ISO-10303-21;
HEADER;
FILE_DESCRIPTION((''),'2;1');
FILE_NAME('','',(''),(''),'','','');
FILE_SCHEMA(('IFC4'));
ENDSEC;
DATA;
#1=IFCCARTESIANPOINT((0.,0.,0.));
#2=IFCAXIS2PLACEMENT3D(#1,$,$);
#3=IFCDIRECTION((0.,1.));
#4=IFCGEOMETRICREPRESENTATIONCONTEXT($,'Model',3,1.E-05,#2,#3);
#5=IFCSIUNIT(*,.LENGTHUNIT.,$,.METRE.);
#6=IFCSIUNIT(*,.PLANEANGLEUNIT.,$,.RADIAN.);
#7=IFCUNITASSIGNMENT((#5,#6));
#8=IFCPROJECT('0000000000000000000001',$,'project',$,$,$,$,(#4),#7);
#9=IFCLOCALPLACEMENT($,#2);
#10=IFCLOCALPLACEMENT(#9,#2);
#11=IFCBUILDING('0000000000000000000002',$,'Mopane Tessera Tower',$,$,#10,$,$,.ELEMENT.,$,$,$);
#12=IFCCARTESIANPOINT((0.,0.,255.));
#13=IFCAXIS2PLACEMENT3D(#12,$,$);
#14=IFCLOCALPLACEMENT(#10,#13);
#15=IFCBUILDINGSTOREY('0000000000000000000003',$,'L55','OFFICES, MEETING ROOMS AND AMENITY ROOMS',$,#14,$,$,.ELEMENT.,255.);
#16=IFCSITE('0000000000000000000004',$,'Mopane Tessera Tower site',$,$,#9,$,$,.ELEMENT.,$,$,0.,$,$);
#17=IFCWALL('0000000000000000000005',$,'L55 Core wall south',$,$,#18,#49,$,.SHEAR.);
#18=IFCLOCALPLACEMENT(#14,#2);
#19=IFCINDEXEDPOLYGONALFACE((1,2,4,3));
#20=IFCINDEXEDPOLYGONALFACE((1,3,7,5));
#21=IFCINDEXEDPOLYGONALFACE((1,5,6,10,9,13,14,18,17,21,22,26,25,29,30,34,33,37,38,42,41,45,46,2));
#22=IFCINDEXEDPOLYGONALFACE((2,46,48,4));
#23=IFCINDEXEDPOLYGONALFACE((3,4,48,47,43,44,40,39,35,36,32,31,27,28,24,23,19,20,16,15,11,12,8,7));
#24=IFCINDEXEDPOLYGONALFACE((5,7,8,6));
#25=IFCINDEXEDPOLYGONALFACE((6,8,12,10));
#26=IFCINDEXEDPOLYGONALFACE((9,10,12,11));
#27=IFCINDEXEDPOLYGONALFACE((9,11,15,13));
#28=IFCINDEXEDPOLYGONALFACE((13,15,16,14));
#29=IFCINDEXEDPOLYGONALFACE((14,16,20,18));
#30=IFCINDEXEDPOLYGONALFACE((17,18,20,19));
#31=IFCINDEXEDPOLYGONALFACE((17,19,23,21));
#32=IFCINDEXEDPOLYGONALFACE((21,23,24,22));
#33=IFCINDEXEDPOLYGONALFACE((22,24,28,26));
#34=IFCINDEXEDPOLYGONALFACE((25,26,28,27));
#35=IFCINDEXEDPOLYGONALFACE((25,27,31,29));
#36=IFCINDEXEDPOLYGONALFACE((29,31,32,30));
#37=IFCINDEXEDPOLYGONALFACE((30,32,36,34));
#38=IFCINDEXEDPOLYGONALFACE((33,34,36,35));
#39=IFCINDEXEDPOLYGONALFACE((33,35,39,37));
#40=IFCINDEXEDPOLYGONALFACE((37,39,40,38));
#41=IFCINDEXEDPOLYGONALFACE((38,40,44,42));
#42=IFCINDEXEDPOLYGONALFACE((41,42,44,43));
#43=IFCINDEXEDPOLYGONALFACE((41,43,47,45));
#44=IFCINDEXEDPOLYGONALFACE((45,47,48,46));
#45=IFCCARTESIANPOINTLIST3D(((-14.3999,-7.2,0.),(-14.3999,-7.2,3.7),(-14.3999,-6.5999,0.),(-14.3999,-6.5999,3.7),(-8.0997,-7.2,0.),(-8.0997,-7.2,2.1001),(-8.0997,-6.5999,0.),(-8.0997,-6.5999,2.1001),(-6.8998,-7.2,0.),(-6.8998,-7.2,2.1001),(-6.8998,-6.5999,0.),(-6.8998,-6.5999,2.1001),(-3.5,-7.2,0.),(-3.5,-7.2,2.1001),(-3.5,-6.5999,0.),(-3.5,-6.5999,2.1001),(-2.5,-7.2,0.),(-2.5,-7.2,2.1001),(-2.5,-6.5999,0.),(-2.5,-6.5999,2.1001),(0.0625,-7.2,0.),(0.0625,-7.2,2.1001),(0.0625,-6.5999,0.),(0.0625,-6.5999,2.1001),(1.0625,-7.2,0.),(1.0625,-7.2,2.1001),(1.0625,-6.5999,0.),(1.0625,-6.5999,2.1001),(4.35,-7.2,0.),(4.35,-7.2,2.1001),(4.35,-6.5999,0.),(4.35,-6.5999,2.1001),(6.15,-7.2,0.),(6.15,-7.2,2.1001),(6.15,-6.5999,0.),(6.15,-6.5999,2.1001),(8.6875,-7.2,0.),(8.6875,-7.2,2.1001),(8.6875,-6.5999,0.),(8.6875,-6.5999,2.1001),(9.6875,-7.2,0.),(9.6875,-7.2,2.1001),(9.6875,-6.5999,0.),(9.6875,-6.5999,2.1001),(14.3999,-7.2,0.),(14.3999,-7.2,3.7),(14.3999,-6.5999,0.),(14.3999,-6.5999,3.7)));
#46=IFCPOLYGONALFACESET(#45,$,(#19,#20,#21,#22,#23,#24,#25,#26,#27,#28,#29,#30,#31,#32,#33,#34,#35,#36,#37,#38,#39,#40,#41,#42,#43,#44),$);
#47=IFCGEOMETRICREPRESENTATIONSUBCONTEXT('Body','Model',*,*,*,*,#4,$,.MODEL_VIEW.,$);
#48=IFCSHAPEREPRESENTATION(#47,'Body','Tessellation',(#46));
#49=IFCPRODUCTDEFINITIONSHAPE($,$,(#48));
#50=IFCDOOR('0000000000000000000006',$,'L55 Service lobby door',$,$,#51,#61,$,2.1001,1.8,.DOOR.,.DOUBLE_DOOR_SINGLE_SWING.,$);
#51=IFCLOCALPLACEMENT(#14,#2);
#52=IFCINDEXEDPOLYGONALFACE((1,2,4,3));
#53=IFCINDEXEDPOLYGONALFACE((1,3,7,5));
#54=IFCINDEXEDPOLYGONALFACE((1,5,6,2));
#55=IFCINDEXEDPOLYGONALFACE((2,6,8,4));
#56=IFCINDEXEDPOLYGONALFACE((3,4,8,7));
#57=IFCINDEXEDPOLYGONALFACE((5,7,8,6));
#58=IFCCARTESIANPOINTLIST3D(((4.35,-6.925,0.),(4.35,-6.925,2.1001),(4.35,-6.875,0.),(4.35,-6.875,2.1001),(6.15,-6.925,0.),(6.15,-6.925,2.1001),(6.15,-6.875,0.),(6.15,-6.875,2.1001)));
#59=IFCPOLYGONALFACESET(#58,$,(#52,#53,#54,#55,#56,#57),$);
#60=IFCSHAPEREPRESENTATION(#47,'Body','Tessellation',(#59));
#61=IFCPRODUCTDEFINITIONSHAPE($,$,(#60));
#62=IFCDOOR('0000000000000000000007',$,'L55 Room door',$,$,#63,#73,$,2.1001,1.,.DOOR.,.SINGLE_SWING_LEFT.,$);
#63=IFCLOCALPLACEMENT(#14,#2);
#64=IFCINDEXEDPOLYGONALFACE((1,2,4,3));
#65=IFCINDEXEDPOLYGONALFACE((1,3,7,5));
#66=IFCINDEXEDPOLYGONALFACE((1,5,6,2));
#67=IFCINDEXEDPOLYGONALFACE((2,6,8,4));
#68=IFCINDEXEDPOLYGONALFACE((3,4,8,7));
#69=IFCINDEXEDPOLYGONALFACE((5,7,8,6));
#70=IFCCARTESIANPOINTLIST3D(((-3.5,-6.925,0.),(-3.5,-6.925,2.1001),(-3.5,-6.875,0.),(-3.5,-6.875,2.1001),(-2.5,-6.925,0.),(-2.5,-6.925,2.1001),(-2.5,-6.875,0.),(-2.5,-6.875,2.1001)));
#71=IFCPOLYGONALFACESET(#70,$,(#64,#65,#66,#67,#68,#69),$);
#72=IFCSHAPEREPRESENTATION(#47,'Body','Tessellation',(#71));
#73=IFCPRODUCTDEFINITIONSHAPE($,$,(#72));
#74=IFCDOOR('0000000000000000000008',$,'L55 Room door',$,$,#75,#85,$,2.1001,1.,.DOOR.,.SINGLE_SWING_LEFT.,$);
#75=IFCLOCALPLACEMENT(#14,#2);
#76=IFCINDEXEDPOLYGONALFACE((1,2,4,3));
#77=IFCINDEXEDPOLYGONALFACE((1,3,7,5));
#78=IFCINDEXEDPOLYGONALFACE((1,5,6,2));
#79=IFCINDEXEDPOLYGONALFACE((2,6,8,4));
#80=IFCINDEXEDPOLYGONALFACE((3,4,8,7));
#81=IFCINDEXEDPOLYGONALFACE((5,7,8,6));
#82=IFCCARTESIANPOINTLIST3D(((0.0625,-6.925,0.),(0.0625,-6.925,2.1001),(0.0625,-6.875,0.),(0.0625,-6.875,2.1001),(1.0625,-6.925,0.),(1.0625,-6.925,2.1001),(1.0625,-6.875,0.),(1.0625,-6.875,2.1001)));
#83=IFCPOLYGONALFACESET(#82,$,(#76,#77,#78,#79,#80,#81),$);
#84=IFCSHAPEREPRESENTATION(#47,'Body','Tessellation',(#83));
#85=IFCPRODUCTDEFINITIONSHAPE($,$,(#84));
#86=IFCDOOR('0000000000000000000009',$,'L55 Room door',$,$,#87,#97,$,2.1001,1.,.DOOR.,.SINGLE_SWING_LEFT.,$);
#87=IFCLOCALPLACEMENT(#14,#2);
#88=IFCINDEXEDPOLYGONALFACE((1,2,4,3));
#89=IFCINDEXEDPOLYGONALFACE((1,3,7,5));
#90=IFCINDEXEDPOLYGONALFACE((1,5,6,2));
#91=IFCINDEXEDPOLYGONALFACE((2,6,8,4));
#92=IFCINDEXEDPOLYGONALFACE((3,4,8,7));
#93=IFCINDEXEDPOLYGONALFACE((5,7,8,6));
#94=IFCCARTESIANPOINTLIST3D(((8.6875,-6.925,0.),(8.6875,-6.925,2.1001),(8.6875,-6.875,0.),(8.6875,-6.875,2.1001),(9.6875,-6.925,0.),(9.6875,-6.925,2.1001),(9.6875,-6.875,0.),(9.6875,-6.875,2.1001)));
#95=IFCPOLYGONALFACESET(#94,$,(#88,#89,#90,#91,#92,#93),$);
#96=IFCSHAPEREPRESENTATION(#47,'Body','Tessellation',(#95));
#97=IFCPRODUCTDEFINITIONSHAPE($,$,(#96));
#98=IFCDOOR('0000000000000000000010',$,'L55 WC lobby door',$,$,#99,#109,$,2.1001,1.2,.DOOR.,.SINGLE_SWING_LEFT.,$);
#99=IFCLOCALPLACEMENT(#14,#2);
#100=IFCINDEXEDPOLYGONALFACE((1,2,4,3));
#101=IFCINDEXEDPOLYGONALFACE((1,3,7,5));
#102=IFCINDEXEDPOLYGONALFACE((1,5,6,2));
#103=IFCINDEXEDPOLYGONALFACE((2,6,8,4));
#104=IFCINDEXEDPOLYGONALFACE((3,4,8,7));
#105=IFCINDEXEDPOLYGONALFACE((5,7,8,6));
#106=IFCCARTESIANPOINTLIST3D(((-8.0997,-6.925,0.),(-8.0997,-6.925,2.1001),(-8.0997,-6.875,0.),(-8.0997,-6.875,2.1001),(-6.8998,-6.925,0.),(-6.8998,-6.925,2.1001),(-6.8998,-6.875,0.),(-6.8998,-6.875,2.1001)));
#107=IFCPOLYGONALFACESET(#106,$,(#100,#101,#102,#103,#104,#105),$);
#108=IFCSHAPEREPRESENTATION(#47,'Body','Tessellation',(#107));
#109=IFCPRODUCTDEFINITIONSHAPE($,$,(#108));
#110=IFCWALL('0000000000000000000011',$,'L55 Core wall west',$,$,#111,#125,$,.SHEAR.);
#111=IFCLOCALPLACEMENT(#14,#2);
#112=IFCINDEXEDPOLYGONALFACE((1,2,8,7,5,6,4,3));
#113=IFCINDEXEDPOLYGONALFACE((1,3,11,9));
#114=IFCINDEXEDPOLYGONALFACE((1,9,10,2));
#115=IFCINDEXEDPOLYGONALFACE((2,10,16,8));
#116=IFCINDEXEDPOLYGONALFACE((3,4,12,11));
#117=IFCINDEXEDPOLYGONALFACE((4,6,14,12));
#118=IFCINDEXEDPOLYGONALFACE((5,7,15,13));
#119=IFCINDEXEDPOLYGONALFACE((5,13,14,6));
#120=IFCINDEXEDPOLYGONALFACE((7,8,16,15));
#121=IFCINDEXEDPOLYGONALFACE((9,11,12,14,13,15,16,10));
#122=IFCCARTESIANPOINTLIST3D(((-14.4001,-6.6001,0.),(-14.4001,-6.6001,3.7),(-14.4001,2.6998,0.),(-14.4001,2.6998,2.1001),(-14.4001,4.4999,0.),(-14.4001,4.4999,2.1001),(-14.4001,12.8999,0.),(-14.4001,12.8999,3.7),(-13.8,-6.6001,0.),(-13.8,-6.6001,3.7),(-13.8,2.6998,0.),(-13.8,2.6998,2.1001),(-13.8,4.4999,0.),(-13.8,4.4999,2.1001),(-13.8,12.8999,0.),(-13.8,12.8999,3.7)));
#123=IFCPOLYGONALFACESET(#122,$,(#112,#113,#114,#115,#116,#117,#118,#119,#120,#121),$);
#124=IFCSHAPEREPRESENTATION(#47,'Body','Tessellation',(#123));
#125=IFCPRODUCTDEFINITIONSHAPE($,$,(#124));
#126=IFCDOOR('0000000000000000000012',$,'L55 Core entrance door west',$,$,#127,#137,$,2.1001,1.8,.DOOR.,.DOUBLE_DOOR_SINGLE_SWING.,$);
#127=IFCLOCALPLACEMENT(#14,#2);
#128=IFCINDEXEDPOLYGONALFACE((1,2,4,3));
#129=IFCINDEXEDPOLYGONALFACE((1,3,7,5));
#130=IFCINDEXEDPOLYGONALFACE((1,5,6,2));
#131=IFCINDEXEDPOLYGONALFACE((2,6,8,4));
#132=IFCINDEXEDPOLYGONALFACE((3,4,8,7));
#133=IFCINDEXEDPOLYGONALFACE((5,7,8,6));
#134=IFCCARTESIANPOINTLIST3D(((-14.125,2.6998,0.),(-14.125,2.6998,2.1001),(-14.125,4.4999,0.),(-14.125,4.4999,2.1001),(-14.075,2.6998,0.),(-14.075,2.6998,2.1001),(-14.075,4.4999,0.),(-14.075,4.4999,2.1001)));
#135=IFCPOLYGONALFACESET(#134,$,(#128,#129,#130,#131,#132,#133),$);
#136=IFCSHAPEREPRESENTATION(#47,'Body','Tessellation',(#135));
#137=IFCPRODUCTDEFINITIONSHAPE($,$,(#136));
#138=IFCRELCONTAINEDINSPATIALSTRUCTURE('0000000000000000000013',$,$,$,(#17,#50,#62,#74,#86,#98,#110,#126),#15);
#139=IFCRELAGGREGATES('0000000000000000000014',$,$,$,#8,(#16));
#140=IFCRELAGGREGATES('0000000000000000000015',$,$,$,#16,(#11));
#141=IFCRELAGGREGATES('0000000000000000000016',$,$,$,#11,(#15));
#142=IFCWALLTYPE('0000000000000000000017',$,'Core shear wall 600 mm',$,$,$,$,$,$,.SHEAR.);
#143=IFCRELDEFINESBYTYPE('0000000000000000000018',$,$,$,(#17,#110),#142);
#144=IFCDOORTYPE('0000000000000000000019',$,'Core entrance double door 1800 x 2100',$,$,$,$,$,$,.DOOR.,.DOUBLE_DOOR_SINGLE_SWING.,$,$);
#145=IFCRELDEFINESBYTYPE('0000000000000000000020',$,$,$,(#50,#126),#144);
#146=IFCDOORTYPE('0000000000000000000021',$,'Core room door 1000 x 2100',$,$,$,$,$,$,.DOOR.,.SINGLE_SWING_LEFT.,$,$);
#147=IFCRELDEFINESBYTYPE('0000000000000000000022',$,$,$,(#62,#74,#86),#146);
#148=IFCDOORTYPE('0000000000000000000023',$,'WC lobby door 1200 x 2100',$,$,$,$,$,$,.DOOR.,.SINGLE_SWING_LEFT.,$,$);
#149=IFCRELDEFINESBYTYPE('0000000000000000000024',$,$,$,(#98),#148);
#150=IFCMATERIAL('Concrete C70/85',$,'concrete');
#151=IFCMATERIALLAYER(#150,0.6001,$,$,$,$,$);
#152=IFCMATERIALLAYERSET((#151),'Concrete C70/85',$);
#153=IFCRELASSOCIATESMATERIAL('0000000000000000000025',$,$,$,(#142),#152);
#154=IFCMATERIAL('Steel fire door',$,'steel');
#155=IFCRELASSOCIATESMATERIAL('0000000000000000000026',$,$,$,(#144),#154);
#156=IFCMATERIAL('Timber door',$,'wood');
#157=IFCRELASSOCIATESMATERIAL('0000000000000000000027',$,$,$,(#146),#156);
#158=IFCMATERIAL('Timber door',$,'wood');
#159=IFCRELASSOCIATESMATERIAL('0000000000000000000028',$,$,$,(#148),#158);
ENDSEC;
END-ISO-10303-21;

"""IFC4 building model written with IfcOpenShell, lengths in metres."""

from ifc_helpers import new_model, si_unit, direction, frame, frame_2d, origin, place, context, subcontext, project, spatial, rectangle, extrude, material, layer, layer_set, type_object, element, fill, save


model = new_model("IFC4")

# Units and contexts
model_context = context("Model", 3, precision=1e-05, world=origin(), true_north=direction((0.0, 1.0)))
body_context = subcontext(model_context, "Body", "Model", "MODEL_VIEW")
ifc_project = project(units=[si_unit("LENGTHUNIT", "METRE"), si_unit("PLANEANGLEUNIT", "RADIAN")], contexts=[model_context])

# Site, building, storey
site_placement = place(None, origin())
site = spatial("IfcSite", under=ifc_project, at=site_placement, Name="Mopane Tessera Tower site", CompositionType="ELEMENT", RefElevation=0.0)
building_placement = place(site_placement, origin())
building = spatial("IfcBuilding", under=site, at=building_placement, Name="Mopane Tessera Tower", CompositionType="ELEMENT")
storey_placement = place(building_placement, frame((0.0, 0.0, 255.0)))
storey = spatial("IfcBuildingStorey", under=building, at=storey_placement, Name="L55", Description="OFFICES, MEETING ROOMS AND AMENITY ROOMS", CompositionType="ELEMENT", Elevation=255.0)

# Wall, openings, doors
ifc_material_1 = material(Name="Concrete C70/85", Category="concrete")
ifc_layer_1 = layer(ifc_material_1, 0.6001)
ifc_layer_set_1 = layer_set([ifc_layer_1], Name="Concrete C70/85")
wall_type_1 = type_object("IfcWallType", Name="Core shear wall 600 mm", PredefinedType="SHEAR", material=ifc_layer_set_1)
wall_1_placement = place(storey_placement, frame((-14.3999, -6.8999, 0.0), z_axis=(0.0, 0.0, 1.0), x_axis=(1.0, 0.0, 0.0)))
wall_1 = element("IfcWall", 1, at=wall_1_placement, inside=storey, type_object=wall_type_1, Name="L55 Core wall south", PredefinedType="SHEAR", context=body_context, shape_type="SweptSolid", body=[
    extrude(rectangle(XDim=28.7998, YDim=0.6001, at=frame_2d((14.3999, 0.0))), origin(), (0.0, 0.0, 1.0), 3.7),
])
opening_1_placement = place(wall_1_placement, frame((6.3, 0.0, 0.0)))
opening_1 = element("IfcOpeningElement", 2, at=opening_1_placement, cuts=wall_1, PredefinedType="OPENING", context=body_context, shape_type="SweptSolid", body=[
    extrude(rectangle(XDim=1.2, YDim=2.1001, at=frame_2d((0.6001, 1.05))), frame((0.0, 0.312, 0.0), z_axis=(0.0, -1.0, 0.0), x_axis=(1.0, 0.0, 0.0)), (0.0, 0.0, 1.0), 0.624),
])
opening_2_placement = place(wall_1_placement, frame((10.8999, 0.0, 0.0)))
opening_2 = element("IfcOpeningElement", 3, at=opening_2_placement, cuts=wall_1, PredefinedType="OPENING", context=body_context, shape_type="SweptSolid", body=[
    extrude(rectangle(XDim=1.0, YDim=2.1001, at=frame_2d((0.5, 1.05))), frame((0.0, 0.312, 0.0), z_axis=(0.0, -1.0, 0.0), x_axis=(1.0, 0.0, 0.0)), (0.0, 0.0, 1.0), 0.624),
])
opening_3_placement = place(wall_1_placement, frame((14.4624, 0.0, 0.0)))
opening_3 = element("IfcOpeningElement", 4, at=opening_3_placement, cuts=wall_1, PredefinedType="OPENING", context=body_context, shape_type="SweptSolid", body=[
    extrude(rectangle(XDim=1.0, YDim=2.1001, at=frame_2d((0.5, 1.05))), frame((0.0, 0.312, 0.0), z_axis=(0.0, -1.0, 0.0), x_axis=(1.0, 0.0, 0.0)), (0.0, 0.0, 1.0), 0.624),
])
opening_4_placement = place(wall_1_placement, frame((18.75, 0.0, 0.0)))
opening_4 = element("IfcOpeningElement", 5, at=opening_4_placement, cuts=wall_1, PredefinedType="OPENING", context=body_context, shape_type="SweptSolid", body=[
    extrude(rectangle(XDim=1.8, YDim=2.1001, at=frame_2d((0.8999, 1.05))), frame((0.0, 0.312, 0.0), z_axis=(0.0, -1.0, 0.0), x_axis=(1.0, 0.0, 0.0)), (0.0, 0.0, 1.0), 0.624),
])
opening_5_placement = place(wall_1_placement, frame((23.0874, 0.0, 0.0)))
opening_5 = element("IfcOpeningElement", 6, at=opening_5_placement, cuts=wall_1, PredefinedType="OPENING", context=body_context, shape_type="SweptSolid", body=[
    extrude(rectangle(XDim=1.0, YDim=2.1001, at=frame_2d((0.5, 1.05))), frame((0.0, 0.312, 0.0), z_axis=(0.0, -1.0, 0.0), x_axis=(1.0, 0.0, 0.0)), (0.0, 0.0, 1.0), 0.624),
])
ifc_material_2 = material(Name="Steel fire door", Category="steel")
door_type_1 = type_object("IfcDoorType", Name="Core entrance double door 1800 x 2100", OperationType="DOUBLE_DOOR_SINGLE_SWING", PredefinedType="DOOR", material=ifc_material_2)
door_1_placement = place(opening_4_placement, origin())
door_1 = element("IfcDoor", 7, at=door_1_placement, inside=storey, type_object=door_type_1, Name="L55 Service lobby door", OperationType="DOUBLE_DOOR_SINGLE_SWING", OverallHeight=2.1001, OverallWidth=1.8, PredefinedType="DOOR", context=body_context, shape_type="SweptSolid", body=[
    extrude(rectangle(XDim=1.8, YDim=2.1001, at=frame_2d((0.8999, 1.05))), frame((0.0, 0.0249, 0.0), z_axis=(0.0, -1.0, 0.0), x_axis=(1.0, 0.0, 0.0)), (0.0, 0.0, 1.0), 0.05),
])
fill(opening_4, door_1)
ifc_material_3 = material(Name="Timber door", Category="wood")
door_type_2 = type_object("IfcDoorType", Name="Core room door 1000 x 2100", OperationType="SINGLE_SWING_LEFT", PredefinedType="DOOR", material=ifc_material_3)
door_2_placement = place(opening_2_placement, origin())
door_2 = element("IfcDoor", 8, at=door_2_placement, inside=storey, type_object=door_type_2, Name="L55 Room door", OperationType="SINGLE_SWING_LEFT", OverallHeight=2.1001, OverallWidth=1.0, PredefinedType="DOOR", context=body_context, shape_type="SweptSolid", body=[
    extrude(rectangle(XDim=1.0, YDim=2.1001, at=frame_2d((0.5, 1.05))), frame((0.0, 0.0249, 0.0), z_axis=(0.0, -1.0, 0.0), x_axis=(1.0, 0.0, 0.0)), (0.0, 0.0, 1.0), 0.05),
])
fill(opening_2, door_2)
door_3_placement = place(opening_3_placement, origin())
door_3 = element("IfcDoor", 9, at=door_3_placement, inside=storey, type_object=door_type_2, Name="L55 Room door", OperationType="SINGLE_SWING_LEFT", OverallHeight=2.1001, OverallWidth=1.0, PredefinedType="DOOR", context=body_context, shape_type="SweptSolid", body=[
    extrude(rectangle(XDim=1.0, YDim=2.1001, at=frame_2d((0.5, 1.05))), frame((0.0, 0.0249, 0.0), z_axis=(0.0, -1.0, 0.0), x_axis=(1.0, 0.0, 0.0)), (0.0, 0.0, 1.0), 0.05),
])
fill(opening_3, door_3)
door_4_placement = place(opening_5_placement, origin())
door_4 = element("IfcDoor", 10, at=door_4_placement, inside=storey, type_object=door_type_2, Name="L55 Room door", OperationType="SINGLE_SWING_LEFT", OverallHeight=2.1001, OverallWidth=1.0, PredefinedType="DOOR", context=body_context, shape_type="SweptSolid", body=[
    extrude(rectangle(XDim=1.0, YDim=2.1001, at=frame_2d((0.5, 1.05))), frame((0.0, 0.0249, 0.0), z_axis=(0.0, -1.0, 0.0), x_axis=(1.0, 0.0, 0.0)), (0.0, 0.0, 1.0), 0.05),
])
fill(opening_5, door_4)
ifc_material_4 = material(Name="Timber door", Category="wood")
door_type_3 = type_object("IfcDoorType", Name="WC lobby door 1200 x 2100", OperationType="SINGLE_SWING_LEFT", PredefinedType="DOOR", material=ifc_material_4)
door_5_placement = place(opening_1_placement, origin())
door_5 = element("IfcDoor", 11, at=door_5_placement, inside=storey, type_object=door_type_3, Name="L55 WC lobby door", OperationType="SINGLE_SWING_LEFT", OverallHeight=2.1001, OverallWidth=1.2, PredefinedType="DOOR", context=body_context, shape_type="SweptSolid", body=[
    extrude(rectangle(XDim=1.2, YDim=2.1001, at=frame_2d((0.6001, 1.05))), frame((0.0, 0.0249, 0.0), z_axis=(0.0, -1.0, 0.0), x_axis=(1.0, 0.0, 0.0)), (0.0, 0.0, 1.0), 0.05),
])
fill(opening_1, door_5)

# Wall, opening, door
wall_2_placement = place(storey_placement, frame((-14.1001, -6.6001, 0.0), z_axis=(0.0, 0.0, 1.0), x_axis=(0.0, 1.0, 0.0)))
wall_2 = element("IfcWall", 12, at=wall_2_placement, inside=storey, type_object=wall_type_1, Name="L55 Core wall west", PredefinedType="SHEAR", context=body_context, shape_type="SweptSolid", body=[
    extrude(rectangle(XDim=19.5, YDim=0.6001, at=frame_2d((9.75, 0.0))), origin(), (0.0, 0.0, 1.0), 3.7),
])
opening_6_placement = place(wall_2_placement, frame((9.3, 0.0, 0.0)))
opening_6 = element("IfcOpeningElement", 13, at=opening_6_placement, cuts=wall_2, PredefinedType="OPENING", context=body_context, shape_type="SweptSolid", body=[
    extrude(rectangle(XDim=1.8, YDim=2.1001, at=frame_2d((0.8999, 1.05))), frame((0.0, 0.312, 0.0), z_axis=(0.0, -1.0, 0.0), x_axis=(1.0, 0.0, 0.0)), (0.0, 0.0, 1.0), 0.624),
])
door_6_placement = place(opening_6_placement, origin())
door_6 = element("IfcDoor", 14, at=door_6_placement, inside=storey, type_object=door_type_1, Name="L55 Core entrance door west", OperationType="DOUBLE_DOOR_SINGLE_SWING", OverallHeight=2.1001, OverallWidth=1.8, PredefinedType="DOOR", context=body_context, shape_type="SweptSolid", body=[
    extrude(rectangle(XDim=1.8, YDim=2.1001, at=frame_2d((0.8999, 1.05))), frame((0.0, 0.0249, 0.0), z_axis=(0.0, -1.0, 0.0), x_axis=(1.0, 0.0, 0.0)), (0.0, 0.0, 1.0), 0.05),
])
fill(opening_6, door_6)

save(model, "model.ifc")
